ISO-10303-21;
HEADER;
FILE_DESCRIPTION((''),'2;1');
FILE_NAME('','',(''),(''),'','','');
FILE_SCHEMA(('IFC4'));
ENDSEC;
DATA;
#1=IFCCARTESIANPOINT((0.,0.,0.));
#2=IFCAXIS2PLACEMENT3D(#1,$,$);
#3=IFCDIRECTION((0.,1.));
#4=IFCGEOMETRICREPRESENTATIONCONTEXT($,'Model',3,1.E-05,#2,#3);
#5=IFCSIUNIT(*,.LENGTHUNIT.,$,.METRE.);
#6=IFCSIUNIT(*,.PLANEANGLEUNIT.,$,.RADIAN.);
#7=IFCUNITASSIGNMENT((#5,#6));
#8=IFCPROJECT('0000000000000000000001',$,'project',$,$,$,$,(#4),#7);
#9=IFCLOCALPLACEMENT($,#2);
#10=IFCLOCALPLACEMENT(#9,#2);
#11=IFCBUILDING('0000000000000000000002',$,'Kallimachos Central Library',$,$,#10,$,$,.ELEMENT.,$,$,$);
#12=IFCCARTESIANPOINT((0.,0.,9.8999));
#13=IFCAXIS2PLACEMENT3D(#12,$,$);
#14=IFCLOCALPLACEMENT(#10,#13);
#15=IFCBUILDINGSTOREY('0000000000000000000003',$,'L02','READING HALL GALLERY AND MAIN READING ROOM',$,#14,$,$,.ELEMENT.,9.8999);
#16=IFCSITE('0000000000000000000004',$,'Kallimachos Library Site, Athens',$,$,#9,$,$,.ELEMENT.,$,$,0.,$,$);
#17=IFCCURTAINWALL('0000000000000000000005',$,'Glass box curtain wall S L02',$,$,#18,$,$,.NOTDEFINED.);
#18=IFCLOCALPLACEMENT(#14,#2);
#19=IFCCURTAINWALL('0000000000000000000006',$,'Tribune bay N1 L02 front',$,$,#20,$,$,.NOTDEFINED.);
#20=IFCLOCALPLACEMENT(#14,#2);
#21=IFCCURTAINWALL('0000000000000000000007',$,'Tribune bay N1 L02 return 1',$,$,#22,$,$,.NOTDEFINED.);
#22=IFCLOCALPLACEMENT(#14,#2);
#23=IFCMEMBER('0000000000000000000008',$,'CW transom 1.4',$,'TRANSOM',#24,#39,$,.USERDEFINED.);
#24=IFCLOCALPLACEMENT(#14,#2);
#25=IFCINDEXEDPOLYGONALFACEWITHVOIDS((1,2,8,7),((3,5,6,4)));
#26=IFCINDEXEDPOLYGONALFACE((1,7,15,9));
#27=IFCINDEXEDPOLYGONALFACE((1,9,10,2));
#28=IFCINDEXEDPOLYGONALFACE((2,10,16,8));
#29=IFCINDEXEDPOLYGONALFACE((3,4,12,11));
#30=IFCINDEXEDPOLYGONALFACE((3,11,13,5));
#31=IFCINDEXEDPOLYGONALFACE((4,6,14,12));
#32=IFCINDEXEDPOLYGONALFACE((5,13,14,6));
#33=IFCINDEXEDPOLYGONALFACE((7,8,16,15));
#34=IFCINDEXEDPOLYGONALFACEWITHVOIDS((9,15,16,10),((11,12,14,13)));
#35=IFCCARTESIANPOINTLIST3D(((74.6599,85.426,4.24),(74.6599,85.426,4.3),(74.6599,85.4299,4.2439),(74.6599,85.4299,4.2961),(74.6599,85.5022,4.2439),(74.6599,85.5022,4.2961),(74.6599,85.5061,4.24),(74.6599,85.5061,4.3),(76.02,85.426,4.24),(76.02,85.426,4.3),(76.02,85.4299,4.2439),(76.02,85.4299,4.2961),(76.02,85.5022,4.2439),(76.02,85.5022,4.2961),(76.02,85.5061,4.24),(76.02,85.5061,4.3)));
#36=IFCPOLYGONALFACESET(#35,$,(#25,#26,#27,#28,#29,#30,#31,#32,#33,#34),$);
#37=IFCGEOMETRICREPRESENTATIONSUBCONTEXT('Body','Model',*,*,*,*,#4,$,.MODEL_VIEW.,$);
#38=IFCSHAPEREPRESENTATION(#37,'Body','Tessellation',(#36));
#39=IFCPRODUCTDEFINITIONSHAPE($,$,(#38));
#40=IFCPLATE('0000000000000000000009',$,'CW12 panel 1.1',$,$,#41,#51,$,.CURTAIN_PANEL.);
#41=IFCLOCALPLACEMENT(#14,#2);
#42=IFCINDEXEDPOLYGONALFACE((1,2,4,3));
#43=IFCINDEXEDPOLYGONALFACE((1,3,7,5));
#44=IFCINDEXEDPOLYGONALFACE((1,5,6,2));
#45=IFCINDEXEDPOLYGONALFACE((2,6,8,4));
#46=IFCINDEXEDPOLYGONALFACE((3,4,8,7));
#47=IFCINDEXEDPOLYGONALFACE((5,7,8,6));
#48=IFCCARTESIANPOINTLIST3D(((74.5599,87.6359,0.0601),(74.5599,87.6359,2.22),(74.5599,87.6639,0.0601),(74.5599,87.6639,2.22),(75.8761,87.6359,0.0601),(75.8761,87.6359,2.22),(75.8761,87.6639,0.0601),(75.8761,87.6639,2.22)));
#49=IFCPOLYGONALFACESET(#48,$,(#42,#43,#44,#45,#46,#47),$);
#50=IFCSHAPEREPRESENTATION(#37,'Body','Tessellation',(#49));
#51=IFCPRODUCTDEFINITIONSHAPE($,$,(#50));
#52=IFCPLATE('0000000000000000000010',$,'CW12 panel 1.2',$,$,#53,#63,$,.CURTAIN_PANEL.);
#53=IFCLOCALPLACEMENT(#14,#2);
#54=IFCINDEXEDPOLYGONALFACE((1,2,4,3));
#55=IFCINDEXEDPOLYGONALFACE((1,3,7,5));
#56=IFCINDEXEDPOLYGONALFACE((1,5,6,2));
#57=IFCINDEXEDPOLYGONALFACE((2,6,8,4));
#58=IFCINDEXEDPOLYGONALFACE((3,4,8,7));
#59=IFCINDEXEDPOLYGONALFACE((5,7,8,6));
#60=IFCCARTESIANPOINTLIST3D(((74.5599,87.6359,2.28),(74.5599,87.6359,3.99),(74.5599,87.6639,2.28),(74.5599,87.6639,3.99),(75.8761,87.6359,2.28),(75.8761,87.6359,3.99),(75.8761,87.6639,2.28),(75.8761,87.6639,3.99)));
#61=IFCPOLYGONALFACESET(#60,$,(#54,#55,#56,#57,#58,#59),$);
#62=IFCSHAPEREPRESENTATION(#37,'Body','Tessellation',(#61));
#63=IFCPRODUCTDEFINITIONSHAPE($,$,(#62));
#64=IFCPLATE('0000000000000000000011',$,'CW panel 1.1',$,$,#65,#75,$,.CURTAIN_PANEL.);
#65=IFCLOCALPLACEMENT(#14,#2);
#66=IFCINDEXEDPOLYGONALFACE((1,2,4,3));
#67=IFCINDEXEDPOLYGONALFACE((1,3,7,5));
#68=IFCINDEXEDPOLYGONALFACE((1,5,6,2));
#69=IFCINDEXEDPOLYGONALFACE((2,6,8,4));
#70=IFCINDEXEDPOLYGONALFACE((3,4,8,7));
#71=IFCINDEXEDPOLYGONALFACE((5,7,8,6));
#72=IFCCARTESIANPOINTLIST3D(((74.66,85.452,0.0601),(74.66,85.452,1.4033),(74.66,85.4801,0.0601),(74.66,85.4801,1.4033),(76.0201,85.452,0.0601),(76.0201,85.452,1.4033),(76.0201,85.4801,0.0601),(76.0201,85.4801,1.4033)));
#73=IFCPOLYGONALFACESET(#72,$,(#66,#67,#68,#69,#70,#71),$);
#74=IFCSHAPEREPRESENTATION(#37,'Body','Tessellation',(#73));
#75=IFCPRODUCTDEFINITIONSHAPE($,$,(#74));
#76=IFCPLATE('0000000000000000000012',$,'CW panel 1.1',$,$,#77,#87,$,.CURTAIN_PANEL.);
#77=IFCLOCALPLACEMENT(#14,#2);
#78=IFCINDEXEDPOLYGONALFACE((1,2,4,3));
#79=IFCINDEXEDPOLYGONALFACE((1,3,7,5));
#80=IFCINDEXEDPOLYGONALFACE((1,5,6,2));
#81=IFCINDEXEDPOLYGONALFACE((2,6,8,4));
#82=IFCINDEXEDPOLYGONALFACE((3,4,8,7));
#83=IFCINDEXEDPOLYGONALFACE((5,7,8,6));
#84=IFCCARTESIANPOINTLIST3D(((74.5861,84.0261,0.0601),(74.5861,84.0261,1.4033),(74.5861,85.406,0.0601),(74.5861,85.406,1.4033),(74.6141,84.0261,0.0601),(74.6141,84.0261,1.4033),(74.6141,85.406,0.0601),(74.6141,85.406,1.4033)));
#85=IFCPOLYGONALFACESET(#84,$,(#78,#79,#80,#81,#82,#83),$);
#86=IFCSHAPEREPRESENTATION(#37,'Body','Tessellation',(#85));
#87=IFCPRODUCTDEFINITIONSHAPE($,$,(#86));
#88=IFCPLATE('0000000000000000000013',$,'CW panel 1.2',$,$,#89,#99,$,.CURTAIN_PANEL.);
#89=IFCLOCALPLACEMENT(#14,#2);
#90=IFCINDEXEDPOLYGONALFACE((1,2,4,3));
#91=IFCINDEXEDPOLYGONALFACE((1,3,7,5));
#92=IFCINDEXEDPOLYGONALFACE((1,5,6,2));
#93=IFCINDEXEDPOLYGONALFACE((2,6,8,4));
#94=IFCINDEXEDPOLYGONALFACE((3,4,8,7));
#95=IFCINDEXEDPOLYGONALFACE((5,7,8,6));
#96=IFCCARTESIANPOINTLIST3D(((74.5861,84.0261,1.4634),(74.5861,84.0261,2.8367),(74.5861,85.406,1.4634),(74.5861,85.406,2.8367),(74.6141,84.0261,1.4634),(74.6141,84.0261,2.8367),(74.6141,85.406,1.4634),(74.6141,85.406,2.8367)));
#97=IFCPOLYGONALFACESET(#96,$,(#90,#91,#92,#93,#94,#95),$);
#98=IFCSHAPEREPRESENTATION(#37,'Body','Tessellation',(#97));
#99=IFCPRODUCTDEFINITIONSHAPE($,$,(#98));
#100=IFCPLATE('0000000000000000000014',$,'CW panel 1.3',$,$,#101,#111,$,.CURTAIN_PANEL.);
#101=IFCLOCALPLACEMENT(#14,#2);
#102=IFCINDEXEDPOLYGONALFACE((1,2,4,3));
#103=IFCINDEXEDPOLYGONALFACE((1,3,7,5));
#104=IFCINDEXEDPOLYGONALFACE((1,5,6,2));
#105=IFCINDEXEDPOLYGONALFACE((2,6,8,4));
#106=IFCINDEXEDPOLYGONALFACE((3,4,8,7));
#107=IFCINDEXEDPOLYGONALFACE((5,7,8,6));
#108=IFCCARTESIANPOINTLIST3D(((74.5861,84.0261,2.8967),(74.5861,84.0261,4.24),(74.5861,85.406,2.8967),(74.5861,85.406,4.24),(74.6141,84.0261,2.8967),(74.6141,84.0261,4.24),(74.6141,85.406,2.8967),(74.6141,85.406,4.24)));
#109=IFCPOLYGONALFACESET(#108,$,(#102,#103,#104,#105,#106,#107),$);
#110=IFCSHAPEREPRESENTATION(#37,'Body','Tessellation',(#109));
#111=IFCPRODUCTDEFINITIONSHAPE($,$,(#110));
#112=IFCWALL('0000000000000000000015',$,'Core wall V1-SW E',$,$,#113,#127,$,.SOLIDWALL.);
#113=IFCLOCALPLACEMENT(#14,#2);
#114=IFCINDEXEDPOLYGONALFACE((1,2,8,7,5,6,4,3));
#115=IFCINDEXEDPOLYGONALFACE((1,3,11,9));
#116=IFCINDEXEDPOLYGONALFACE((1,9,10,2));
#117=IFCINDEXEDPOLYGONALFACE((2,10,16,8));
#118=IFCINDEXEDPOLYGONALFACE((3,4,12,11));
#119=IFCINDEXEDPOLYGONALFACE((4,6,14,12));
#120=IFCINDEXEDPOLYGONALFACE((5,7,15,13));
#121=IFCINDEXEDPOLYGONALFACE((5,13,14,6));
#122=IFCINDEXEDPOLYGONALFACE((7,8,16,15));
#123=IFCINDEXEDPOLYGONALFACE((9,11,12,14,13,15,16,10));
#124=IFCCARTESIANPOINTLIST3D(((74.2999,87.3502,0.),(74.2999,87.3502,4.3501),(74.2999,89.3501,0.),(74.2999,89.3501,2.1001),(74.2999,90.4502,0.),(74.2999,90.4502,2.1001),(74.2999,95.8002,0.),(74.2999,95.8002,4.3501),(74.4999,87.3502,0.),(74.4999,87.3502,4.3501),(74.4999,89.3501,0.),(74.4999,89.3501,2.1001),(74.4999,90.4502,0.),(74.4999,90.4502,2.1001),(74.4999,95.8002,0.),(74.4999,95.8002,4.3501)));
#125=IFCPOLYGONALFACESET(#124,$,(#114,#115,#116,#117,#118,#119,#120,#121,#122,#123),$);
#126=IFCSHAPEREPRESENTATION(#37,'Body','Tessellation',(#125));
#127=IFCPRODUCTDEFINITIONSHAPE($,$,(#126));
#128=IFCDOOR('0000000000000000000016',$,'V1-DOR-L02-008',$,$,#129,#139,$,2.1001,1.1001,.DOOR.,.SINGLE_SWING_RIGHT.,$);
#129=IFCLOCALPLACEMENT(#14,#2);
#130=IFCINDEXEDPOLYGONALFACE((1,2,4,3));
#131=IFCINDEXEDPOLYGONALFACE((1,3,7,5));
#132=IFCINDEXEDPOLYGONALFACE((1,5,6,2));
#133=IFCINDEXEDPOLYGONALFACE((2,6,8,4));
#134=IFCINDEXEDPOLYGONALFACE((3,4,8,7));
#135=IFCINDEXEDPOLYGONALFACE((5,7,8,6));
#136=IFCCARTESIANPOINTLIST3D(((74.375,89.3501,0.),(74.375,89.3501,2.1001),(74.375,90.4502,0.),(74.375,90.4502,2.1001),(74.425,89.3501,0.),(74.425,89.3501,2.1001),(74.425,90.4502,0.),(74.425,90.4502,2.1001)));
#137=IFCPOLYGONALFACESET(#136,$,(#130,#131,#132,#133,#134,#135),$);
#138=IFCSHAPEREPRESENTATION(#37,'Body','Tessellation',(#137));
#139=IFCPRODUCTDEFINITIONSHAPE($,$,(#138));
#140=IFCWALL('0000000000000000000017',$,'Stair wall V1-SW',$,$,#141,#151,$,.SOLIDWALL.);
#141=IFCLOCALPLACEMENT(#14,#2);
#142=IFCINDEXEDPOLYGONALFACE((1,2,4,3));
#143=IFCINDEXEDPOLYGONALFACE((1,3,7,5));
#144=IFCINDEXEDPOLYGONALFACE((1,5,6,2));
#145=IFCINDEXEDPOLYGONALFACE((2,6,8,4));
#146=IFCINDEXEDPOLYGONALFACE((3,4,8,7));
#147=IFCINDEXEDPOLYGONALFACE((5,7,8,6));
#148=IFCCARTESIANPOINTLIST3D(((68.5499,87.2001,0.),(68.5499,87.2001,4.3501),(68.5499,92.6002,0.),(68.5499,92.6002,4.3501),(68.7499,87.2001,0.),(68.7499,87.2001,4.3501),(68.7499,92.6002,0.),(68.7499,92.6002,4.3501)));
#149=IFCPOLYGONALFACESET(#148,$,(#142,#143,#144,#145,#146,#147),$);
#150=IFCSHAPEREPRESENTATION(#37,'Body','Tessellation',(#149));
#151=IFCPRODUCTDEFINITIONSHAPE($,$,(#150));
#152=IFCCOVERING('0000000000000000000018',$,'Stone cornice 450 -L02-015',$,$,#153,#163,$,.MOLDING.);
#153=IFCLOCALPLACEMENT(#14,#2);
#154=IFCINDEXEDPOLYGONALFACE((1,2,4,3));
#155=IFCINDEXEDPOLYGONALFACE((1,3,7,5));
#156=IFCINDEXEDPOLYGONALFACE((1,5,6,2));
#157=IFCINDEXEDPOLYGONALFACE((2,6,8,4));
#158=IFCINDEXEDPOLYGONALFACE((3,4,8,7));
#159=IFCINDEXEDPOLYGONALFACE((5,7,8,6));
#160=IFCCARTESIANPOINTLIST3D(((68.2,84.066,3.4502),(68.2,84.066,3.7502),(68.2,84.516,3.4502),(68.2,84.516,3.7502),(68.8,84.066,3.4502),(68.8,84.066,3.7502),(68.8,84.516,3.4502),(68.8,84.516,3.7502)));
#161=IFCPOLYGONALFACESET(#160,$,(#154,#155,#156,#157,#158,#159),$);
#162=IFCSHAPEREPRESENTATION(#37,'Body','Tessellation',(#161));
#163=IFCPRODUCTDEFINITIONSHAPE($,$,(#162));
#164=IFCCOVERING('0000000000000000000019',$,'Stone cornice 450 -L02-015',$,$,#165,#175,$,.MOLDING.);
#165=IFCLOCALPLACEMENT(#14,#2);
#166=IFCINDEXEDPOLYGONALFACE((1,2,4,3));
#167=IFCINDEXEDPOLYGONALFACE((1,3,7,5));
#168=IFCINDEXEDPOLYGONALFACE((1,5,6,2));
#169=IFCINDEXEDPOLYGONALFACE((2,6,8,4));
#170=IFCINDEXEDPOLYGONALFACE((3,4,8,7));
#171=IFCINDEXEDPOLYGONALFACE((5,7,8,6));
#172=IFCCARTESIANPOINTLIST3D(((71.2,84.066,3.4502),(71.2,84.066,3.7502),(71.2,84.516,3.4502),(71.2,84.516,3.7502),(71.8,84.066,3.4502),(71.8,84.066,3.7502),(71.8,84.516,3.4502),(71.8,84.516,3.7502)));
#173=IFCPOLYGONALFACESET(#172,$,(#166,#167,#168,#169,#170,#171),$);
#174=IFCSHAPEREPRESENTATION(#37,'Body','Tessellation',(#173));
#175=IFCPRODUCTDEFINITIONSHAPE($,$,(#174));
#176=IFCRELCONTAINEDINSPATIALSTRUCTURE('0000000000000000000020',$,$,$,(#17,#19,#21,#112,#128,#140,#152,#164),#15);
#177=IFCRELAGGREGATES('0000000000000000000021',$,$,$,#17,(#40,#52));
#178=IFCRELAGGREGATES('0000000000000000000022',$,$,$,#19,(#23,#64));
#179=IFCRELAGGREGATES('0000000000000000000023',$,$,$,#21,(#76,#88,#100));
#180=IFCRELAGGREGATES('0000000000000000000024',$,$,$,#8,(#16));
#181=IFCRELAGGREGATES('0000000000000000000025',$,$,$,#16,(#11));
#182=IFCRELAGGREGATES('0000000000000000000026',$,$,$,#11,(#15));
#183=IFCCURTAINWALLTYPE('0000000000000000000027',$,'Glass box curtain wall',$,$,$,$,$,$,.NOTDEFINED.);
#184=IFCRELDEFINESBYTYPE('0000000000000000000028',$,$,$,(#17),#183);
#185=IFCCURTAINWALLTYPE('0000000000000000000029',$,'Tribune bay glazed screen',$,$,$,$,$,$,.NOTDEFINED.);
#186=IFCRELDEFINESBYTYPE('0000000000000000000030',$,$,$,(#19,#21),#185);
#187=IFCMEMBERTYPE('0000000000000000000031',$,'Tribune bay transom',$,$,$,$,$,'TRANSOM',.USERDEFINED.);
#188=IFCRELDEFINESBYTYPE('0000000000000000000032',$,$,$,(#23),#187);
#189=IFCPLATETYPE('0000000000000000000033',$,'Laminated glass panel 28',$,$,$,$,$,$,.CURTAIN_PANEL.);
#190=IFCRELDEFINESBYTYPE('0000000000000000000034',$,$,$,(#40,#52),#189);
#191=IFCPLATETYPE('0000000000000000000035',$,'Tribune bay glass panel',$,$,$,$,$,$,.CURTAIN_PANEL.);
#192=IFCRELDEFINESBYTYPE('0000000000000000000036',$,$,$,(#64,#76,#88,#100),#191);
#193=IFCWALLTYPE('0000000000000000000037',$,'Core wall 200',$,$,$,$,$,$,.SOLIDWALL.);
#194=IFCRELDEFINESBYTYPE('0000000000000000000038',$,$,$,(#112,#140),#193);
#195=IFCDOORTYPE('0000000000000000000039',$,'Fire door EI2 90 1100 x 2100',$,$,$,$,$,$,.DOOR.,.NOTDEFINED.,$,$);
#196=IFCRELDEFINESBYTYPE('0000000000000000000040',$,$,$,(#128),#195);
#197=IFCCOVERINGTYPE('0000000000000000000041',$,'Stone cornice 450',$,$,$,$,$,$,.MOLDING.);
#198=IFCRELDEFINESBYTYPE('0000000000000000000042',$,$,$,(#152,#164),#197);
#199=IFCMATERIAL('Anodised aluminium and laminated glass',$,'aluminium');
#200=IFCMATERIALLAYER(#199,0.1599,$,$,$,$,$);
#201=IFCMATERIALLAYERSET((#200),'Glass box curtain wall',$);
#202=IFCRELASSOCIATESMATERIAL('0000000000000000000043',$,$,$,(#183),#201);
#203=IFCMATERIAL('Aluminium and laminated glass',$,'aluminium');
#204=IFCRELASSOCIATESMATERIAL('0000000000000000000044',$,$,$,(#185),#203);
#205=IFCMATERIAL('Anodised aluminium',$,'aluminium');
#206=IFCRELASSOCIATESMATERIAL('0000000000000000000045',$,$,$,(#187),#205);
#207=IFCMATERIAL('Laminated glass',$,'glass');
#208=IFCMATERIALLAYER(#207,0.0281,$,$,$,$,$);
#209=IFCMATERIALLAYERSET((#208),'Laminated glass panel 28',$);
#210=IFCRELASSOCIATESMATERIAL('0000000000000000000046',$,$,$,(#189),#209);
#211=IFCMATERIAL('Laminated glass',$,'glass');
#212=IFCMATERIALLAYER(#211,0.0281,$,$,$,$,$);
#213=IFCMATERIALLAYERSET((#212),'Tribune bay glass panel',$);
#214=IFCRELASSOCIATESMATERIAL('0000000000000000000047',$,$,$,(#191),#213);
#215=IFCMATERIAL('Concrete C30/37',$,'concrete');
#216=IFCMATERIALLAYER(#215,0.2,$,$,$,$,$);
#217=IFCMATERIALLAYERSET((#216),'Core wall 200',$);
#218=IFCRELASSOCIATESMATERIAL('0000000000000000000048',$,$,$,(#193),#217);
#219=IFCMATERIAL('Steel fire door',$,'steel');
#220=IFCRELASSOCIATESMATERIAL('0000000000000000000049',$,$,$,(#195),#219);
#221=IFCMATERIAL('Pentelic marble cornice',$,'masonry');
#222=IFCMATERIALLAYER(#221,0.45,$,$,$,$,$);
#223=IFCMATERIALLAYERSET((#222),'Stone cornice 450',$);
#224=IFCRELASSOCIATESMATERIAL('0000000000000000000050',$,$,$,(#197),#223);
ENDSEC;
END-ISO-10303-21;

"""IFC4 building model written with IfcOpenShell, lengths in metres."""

from ifc_helpers import new_model, si_unit, direction, frame, frame_2d, origin, origin_2d, place, context, subcontext, project, spatial, rectangle, hollow_rectangle, extrude, material, layer, layer_set, material_profile, profile_set, type_object, element, fill, aggregate, save


model = new_model("IFC4")

# Units and contexts
model_context = context("Model", 3, precision=1e-05, world=origin(), true_north=direction((0.0, 1.0)))
body_context = subcontext(model_context, "Body", "Model", "MODEL_VIEW")
ifc_project = project(units=[si_unit("LENGTHUNIT", "METRE"), si_unit("PLANEANGLEUNIT", "RADIAN")], contexts=[model_context])

# Site, building, storey
site_placement = place(None, origin())
site = spatial("IfcSite", under=ifc_project, at=site_placement, Name="Kallimachos Library Site, Athens", CompositionType="ELEMENT", RefElevation=0.0)
building_placement = place(site_placement, origin())
building = spatial("IfcBuilding", under=site, at=building_placement, Name="Kallimachos Central Library", CompositionType="ELEMENT")
storey_placement = place(building_placement, frame((0.0, 0.0, 9.8999)))
storey = spatial("IfcBuildingStorey", under=building, at=storey_placement, Name="L02", Description="READING HALL GALLERY AND MAIN READING ROOM", CompositionType="ELEMENT", Elevation=9.8999)

# Curtain wall
ifc_material_1 = material(Name="Anodised aluminium and laminated glass", Category="aluminium")
ifc_layer_1 = layer(ifc_material_1, 0.1599)
ifc_layer_set_1 = layer_set([ifc_layer_1], Name="Glass box curtain wall")
curtain_wall_type_1 = type_object("IfcCurtainWallType", Name="Glass box curtain wall", PredefinedType="NOTDEFINED", material=ifc_layer_set_1)
curtain_wall_1_placement = place(storey_placement, origin())
curtain_wall_1 = element("IfcCurtainWall", 1, at=curtain_wall_1_placement, inside=storey, type_object=curtain_wall_type_1, Name="Glass box curtain wall S L02", PredefinedType="NOTDEFINED")

# Curtain walls
ifc_material_2 = material(Name="Aluminium and laminated glass", Category="aluminium")
curtain_wall_type_2 = type_object("IfcCurtainWallType", Name="Tribune bay glazed screen", PredefinedType="NOTDEFINED", material=ifc_material_2)
curtain_wall_2_placement = place(storey_placement, origin())
curtain_wall_2 = element("IfcCurtainWall", 2, at=curtain_wall_2_placement, inside=storey, type_object=curtain_wall_type_2, Name="Tribune bay N1 L02 front", PredefinedType="NOTDEFINED")
curtain_wall_3_placement = place(storey_placement, origin())
curtain_wall_3 = element("IfcCurtainWall", 3, at=curtain_wall_3_placement, inside=storey, type_object=curtain_wall_type_2, Name="Tribune bay N1 L02 return 1", PredefinedType="NOTDEFINED")

# Member
ifc_material_3 = material(Name="Anodised aluminium", Category="aluminium")
ifc_material_profile_1 = material_profile(ifc_material_3, hollow_rectangle(XDim=0.0601, YDim=0.0801, WallThickness=0.0039, at=origin_2d()), Name="ALU TRANSOM 60x80")
ifc_profile_set_1 = profile_set([ifc_material_profile_1], Name="Anodised aluminium")
member_type_1 = type_object("IfcMemberType", Name="Tribune bay transom", ElementType="TRANSOM", PredefinedType="USERDEFINED", material=ifc_profile_set_1)
member_1_placement = place(storey_placement, frame((74.6599, 85.4661, 4.27), z_axis=(1.0, 0.0, 0.0), x_axis=(0.0, 0.0, 1.0)))
member_1 = element("IfcMember", 4, at=member_1_placement, type_object=member_type_1, Name="CW transom 1.4", ObjectType="TRANSOM", PredefinedType="USERDEFINED", context=body_context, shape_type="SweptSolid", body=[
    extrude(hollow_rectangle(XDim=0.0601, YDim=0.0801, WallThickness=0.0039, at=origin_2d()), origin(), (0.0, 0.0, 1.0), 1.3601),
])

# Plates
ifc_material_4 = material(Name="Laminated glass", Category="glass")
ifc_layer_2 = layer(ifc_material_4, 0.0281)
ifc_layer_set_2 = layer_set([ifc_layer_2], Name="Laminated glass panel 28")
plate_type_1 = type_object("IfcPlateType", Name="Laminated glass panel 28", PredefinedType="CURTAIN_PANEL", material=ifc_layer_set_2)
plate_1_placement = place(storey_placement, frame((75.218, 87.6499, 0.0601), z_axis=(0.0, 0.0, 1.0), x_axis=(1.0, 0.0, 0.0)))
plate_1 = element("IfcPlate", 5, at=plate_1_placement, type_object=plate_type_1, Name="CW12 panel 1.1", PredefinedType="CURTAIN_PANEL", context=body_context, shape_type="SweptSolid", body=[
    extrude(rectangle(XDim=1.3162, YDim=0.0281, at=origin_2d()), origin(), (0.0, 0.0, 1.0), 2.1599),
])
plate_2_placement = place(storey_placement, frame((75.218, 87.6499, 2.28), z_axis=(0.0, 0.0, 1.0), x_axis=(1.0, 0.0, 0.0)))
plate_2 = element("IfcPlate", 6, at=plate_2_placement, type_object=plate_type_1, Name="CW12 panel 1.2", PredefinedType="CURTAIN_PANEL", context=body_context, shape_type="SweptSolid", body=[
    extrude(rectangle(XDim=1.3162, YDim=0.0281, at=origin_2d()), origin(), (0.0, 0.0, 1.0), 1.71),
])
aggregate(curtain_wall_1, [plate_1, plate_2])
ifc_material_5 = material(Name="Laminated glass", Category="glass")
ifc_layer_3 = layer(ifc_material_5, 0.0281)
ifc_layer_set_3 = layer_set([ifc_layer_3], Name="Tribune bay glass panel")
plate_type_2 = type_object("IfcPlateType", Name="Tribune bay glass panel", PredefinedType="CURTAIN_PANEL", material=ifc_layer_set_3)
plate_3_placement = place(storey_placement, frame((75.3401, 85.4661, 0.0601), z_axis=(0.0, 0.0, 1.0), x_axis=(1.0, 0.0, 0.0)))
plate_3 = element("IfcPlate", 7, at=plate_3_placement, type_object=plate_type_2, Name="CW panel 1.1", PredefinedType="CURTAIN_PANEL", context=body_context, shape_type="SweptSolid", body=[
    extrude(rectangle(XDim=1.3601, YDim=0.0281, at=origin_2d()), origin(), (0.0, 0.0, 1.0), 1.3433),
])
aggregate(curtain_wall_2, [member_1, plate_3])
plate_4_placement = place(storey_placement, frame((74.6001, 84.7161, 0.0601), z_axis=(0.0, 0.0, 1.0), x_axis=(0.0, 1.0, 0.0)))
plate_4 = element("IfcPlate", 8, at=plate_4_placement, type_object=plate_type_2, Name="CW panel 1.1", PredefinedType="CURTAIN_PANEL", context=body_context, shape_type="SweptSolid", body=[
    extrude(rectangle(XDim=1.3799, YDim=0.0281, at=origin_2d()), origin(), (0.0, 0.0, 1.0), 1.3433),
])
plate_5_placement = place(storey_placement, frame((74.6001, 84.7161, 1.4634), z_axis=(0.0, 0.0, 1.0), x_axis=(0.0, 1.0, 0.0)))
plate_5 = element("IfcPlate", 9, at=plate_5_placement, type_object=plate_type_2, Name="CW panel 1.2", PredefinedType="CURTAIN_PANEL", context=body_context, shape_type="SweptSolid", body=[
    extrude(rectangle(XDim=1.3799, YDim=0.0281, at=origin_2d()), origin(), (0.0, 0.0, 1.0), 1.3733),
])
plate_6_placement = place(storey_placement, frame((74.6001, 84.7161, 2.8967), z_axis=(0.0, 0.0, 1.0), x_axis=(0.0, 1.0, 0.0)))
plate_6 = element("IfcPlate", 10, at=plate_6_placement, type_object=plate_type_2, Name="CW panel 1.3", PredefinedType="CURTAIN_PANEL", context=body_context, shape_type="SweptSolid", body=[
    extrude(rectangle(XDim=1.3799, YDim=0.0281, at=origin_2d()), origin(), (0.0, 0.0, 1.0), 1.3433),
])
aggregate(curtain_wall_3, [plate_4, plate_5, plate_6])

# Wall, opening, door
ifc_material_6 = material(Name="Concrete C30/37", Category="concrete")
ifc_layer_4 = layer(ifc_material_6, 0.2)
ifc_layer_set_4 = layer_set([ifc_layer_4], Name="Core wall 200")
wall_type = type_object("IfcWallType", Name="Core wall 200", PredefinedType="SOLIDWALL", material=ifc_layer_set_4)
wall_1_placement = place(storey_placement, frame((74.3999, 87.3501, 0.0), z_axis=(0.0, 0.0, 1.0), x_axis=(0.0, 1.0, 0.0)))
wall_1 = element("IfcWall", 11, at=wall_1_placement, inside=storey, type_object=wall_type, Name="Core wall V1-SW E", PredefinedType="SOLIDWALL", context=body_context, shape_type="SweptSolid", body=[
    extrude(rectangle(XDim=8.45, YDim=0.2, at=frame_2d((4.2251, 0.0))), origin(), (0.0, 0.0, 1.0), 4.3501),
])
opening_placement = place(wall_1_placement, frame((2.0, 0.0, 0.0)))
opening = element("IfcOpeningElement", 12, at=opening_placement, cuts=wall_1, PredefinedType="OPENING", context=body_context, shape_type="SweptSolid", body=[
    extrude(rectangle(XDim=1.1001, YDim=2.1001, at=frame_2d((0.55, 1.05))), frame((0.0, 0.1099, 0.0), z_axis=(0.0, -1.0, 0.0), x_axis=(1.0, 0.0, 0.0)), (0.0, 0.0, 1.0), 0.22),
])
ifc_material_7 = material(Name="Steel fire door", Category="steel")
door_type = type_object("IfcDoorType", Name="Fire door EI2 90 1100 x 2100", OperationType="NOTDEFINED", PredefinedType="DOOR", material=ifc_material_7)
door_placement = place(opening_placement, origin())
door = element("IfcDoor", 13, at=door_placement, inside=storey, type_object=door_type, Name="V1-DOR-L02-008", OperationType="SINGLE_SWING_RIGHT", OverallHeight=2.1001, OverallWidth=1.1001, PredefinedType="DOOR", context=body_context, shape_type="SweptSolid", body=[
    extrude(rectangle(XDim=1.1001, YDim=2.1001, at=frame_2d((0.55, 1.05))), frame((0.0, 0.0249, 0.0), z_axis=(0.0, -1.0, 0.0), x_axis=(1.0, 0.0, 0.0)), (0.0, 0.0, 1.0), 0.05),
])
fill(opening, door)

# Wall
wall_2_placement = place(storey_placement, frame((68.6499, 87.2, 0.0), z_axis=(0.0, 0.0, 1.0), x_axis=(0.0, 1.0, 0.0)))
element("IfcWall", 14, at=wall_2_placement, inside=storey, type_object=wall_type, Name="Stair wall V1-SW", PredefinedType="SOLIDWALL", context=body_context, shape_type="SweptSolid", body=[
    extrude(rectangle(XDim=5.4001, YDim=0.2, at=frame_2d((2.7002, 0.0))), origin(), (0.0, 0.0, 1.0), 4.3501),
])

# Coverings
ifc_material_8 = material(Name="Pentelic marble cornice", Category="masonry")
ifc_layer_5 = layer(ifc_material_8, 0.45)
ifc_layer_set_5 = layer_set([ifc_layer_5], Name="Stone cornice 450")
covering_type = type_object("IfcCoveringType", Name="Stone cornice 450", PredefinedType="MOLDING", material=ifc_layer_set_5)
for number, where, z_axis, x_axis, name in (
    (15, (68.5, 84.291, 3.4502), (0.0, 0.0, 1.0), (1.0, 0.0, 0.0), "Stone cornice 450 -L02-015"),
    (16, (71.5, 84.291, 3.4502), (0.0, 0.0, 1.0), (1.0, 0.0, 0.0), "Stone cornice 450 -L02-015"),
):
    element("IfcCovering", number, at=place(storey_placement, frame(where, z_axis=z_axis, x_axis=x_axis)), inside=storey, type_object=covering_type, Name=name, PredefinedType="MOLDING", context=body_context, shape_type="SweptSolid", body=[
        extrude(rectangle(XDim=0.6001, YDim=0.45, at=origin_2d()), origin(), (0.0, 0.0, 1.0), 0.3),
    ])

save(model, "model.ifc")
